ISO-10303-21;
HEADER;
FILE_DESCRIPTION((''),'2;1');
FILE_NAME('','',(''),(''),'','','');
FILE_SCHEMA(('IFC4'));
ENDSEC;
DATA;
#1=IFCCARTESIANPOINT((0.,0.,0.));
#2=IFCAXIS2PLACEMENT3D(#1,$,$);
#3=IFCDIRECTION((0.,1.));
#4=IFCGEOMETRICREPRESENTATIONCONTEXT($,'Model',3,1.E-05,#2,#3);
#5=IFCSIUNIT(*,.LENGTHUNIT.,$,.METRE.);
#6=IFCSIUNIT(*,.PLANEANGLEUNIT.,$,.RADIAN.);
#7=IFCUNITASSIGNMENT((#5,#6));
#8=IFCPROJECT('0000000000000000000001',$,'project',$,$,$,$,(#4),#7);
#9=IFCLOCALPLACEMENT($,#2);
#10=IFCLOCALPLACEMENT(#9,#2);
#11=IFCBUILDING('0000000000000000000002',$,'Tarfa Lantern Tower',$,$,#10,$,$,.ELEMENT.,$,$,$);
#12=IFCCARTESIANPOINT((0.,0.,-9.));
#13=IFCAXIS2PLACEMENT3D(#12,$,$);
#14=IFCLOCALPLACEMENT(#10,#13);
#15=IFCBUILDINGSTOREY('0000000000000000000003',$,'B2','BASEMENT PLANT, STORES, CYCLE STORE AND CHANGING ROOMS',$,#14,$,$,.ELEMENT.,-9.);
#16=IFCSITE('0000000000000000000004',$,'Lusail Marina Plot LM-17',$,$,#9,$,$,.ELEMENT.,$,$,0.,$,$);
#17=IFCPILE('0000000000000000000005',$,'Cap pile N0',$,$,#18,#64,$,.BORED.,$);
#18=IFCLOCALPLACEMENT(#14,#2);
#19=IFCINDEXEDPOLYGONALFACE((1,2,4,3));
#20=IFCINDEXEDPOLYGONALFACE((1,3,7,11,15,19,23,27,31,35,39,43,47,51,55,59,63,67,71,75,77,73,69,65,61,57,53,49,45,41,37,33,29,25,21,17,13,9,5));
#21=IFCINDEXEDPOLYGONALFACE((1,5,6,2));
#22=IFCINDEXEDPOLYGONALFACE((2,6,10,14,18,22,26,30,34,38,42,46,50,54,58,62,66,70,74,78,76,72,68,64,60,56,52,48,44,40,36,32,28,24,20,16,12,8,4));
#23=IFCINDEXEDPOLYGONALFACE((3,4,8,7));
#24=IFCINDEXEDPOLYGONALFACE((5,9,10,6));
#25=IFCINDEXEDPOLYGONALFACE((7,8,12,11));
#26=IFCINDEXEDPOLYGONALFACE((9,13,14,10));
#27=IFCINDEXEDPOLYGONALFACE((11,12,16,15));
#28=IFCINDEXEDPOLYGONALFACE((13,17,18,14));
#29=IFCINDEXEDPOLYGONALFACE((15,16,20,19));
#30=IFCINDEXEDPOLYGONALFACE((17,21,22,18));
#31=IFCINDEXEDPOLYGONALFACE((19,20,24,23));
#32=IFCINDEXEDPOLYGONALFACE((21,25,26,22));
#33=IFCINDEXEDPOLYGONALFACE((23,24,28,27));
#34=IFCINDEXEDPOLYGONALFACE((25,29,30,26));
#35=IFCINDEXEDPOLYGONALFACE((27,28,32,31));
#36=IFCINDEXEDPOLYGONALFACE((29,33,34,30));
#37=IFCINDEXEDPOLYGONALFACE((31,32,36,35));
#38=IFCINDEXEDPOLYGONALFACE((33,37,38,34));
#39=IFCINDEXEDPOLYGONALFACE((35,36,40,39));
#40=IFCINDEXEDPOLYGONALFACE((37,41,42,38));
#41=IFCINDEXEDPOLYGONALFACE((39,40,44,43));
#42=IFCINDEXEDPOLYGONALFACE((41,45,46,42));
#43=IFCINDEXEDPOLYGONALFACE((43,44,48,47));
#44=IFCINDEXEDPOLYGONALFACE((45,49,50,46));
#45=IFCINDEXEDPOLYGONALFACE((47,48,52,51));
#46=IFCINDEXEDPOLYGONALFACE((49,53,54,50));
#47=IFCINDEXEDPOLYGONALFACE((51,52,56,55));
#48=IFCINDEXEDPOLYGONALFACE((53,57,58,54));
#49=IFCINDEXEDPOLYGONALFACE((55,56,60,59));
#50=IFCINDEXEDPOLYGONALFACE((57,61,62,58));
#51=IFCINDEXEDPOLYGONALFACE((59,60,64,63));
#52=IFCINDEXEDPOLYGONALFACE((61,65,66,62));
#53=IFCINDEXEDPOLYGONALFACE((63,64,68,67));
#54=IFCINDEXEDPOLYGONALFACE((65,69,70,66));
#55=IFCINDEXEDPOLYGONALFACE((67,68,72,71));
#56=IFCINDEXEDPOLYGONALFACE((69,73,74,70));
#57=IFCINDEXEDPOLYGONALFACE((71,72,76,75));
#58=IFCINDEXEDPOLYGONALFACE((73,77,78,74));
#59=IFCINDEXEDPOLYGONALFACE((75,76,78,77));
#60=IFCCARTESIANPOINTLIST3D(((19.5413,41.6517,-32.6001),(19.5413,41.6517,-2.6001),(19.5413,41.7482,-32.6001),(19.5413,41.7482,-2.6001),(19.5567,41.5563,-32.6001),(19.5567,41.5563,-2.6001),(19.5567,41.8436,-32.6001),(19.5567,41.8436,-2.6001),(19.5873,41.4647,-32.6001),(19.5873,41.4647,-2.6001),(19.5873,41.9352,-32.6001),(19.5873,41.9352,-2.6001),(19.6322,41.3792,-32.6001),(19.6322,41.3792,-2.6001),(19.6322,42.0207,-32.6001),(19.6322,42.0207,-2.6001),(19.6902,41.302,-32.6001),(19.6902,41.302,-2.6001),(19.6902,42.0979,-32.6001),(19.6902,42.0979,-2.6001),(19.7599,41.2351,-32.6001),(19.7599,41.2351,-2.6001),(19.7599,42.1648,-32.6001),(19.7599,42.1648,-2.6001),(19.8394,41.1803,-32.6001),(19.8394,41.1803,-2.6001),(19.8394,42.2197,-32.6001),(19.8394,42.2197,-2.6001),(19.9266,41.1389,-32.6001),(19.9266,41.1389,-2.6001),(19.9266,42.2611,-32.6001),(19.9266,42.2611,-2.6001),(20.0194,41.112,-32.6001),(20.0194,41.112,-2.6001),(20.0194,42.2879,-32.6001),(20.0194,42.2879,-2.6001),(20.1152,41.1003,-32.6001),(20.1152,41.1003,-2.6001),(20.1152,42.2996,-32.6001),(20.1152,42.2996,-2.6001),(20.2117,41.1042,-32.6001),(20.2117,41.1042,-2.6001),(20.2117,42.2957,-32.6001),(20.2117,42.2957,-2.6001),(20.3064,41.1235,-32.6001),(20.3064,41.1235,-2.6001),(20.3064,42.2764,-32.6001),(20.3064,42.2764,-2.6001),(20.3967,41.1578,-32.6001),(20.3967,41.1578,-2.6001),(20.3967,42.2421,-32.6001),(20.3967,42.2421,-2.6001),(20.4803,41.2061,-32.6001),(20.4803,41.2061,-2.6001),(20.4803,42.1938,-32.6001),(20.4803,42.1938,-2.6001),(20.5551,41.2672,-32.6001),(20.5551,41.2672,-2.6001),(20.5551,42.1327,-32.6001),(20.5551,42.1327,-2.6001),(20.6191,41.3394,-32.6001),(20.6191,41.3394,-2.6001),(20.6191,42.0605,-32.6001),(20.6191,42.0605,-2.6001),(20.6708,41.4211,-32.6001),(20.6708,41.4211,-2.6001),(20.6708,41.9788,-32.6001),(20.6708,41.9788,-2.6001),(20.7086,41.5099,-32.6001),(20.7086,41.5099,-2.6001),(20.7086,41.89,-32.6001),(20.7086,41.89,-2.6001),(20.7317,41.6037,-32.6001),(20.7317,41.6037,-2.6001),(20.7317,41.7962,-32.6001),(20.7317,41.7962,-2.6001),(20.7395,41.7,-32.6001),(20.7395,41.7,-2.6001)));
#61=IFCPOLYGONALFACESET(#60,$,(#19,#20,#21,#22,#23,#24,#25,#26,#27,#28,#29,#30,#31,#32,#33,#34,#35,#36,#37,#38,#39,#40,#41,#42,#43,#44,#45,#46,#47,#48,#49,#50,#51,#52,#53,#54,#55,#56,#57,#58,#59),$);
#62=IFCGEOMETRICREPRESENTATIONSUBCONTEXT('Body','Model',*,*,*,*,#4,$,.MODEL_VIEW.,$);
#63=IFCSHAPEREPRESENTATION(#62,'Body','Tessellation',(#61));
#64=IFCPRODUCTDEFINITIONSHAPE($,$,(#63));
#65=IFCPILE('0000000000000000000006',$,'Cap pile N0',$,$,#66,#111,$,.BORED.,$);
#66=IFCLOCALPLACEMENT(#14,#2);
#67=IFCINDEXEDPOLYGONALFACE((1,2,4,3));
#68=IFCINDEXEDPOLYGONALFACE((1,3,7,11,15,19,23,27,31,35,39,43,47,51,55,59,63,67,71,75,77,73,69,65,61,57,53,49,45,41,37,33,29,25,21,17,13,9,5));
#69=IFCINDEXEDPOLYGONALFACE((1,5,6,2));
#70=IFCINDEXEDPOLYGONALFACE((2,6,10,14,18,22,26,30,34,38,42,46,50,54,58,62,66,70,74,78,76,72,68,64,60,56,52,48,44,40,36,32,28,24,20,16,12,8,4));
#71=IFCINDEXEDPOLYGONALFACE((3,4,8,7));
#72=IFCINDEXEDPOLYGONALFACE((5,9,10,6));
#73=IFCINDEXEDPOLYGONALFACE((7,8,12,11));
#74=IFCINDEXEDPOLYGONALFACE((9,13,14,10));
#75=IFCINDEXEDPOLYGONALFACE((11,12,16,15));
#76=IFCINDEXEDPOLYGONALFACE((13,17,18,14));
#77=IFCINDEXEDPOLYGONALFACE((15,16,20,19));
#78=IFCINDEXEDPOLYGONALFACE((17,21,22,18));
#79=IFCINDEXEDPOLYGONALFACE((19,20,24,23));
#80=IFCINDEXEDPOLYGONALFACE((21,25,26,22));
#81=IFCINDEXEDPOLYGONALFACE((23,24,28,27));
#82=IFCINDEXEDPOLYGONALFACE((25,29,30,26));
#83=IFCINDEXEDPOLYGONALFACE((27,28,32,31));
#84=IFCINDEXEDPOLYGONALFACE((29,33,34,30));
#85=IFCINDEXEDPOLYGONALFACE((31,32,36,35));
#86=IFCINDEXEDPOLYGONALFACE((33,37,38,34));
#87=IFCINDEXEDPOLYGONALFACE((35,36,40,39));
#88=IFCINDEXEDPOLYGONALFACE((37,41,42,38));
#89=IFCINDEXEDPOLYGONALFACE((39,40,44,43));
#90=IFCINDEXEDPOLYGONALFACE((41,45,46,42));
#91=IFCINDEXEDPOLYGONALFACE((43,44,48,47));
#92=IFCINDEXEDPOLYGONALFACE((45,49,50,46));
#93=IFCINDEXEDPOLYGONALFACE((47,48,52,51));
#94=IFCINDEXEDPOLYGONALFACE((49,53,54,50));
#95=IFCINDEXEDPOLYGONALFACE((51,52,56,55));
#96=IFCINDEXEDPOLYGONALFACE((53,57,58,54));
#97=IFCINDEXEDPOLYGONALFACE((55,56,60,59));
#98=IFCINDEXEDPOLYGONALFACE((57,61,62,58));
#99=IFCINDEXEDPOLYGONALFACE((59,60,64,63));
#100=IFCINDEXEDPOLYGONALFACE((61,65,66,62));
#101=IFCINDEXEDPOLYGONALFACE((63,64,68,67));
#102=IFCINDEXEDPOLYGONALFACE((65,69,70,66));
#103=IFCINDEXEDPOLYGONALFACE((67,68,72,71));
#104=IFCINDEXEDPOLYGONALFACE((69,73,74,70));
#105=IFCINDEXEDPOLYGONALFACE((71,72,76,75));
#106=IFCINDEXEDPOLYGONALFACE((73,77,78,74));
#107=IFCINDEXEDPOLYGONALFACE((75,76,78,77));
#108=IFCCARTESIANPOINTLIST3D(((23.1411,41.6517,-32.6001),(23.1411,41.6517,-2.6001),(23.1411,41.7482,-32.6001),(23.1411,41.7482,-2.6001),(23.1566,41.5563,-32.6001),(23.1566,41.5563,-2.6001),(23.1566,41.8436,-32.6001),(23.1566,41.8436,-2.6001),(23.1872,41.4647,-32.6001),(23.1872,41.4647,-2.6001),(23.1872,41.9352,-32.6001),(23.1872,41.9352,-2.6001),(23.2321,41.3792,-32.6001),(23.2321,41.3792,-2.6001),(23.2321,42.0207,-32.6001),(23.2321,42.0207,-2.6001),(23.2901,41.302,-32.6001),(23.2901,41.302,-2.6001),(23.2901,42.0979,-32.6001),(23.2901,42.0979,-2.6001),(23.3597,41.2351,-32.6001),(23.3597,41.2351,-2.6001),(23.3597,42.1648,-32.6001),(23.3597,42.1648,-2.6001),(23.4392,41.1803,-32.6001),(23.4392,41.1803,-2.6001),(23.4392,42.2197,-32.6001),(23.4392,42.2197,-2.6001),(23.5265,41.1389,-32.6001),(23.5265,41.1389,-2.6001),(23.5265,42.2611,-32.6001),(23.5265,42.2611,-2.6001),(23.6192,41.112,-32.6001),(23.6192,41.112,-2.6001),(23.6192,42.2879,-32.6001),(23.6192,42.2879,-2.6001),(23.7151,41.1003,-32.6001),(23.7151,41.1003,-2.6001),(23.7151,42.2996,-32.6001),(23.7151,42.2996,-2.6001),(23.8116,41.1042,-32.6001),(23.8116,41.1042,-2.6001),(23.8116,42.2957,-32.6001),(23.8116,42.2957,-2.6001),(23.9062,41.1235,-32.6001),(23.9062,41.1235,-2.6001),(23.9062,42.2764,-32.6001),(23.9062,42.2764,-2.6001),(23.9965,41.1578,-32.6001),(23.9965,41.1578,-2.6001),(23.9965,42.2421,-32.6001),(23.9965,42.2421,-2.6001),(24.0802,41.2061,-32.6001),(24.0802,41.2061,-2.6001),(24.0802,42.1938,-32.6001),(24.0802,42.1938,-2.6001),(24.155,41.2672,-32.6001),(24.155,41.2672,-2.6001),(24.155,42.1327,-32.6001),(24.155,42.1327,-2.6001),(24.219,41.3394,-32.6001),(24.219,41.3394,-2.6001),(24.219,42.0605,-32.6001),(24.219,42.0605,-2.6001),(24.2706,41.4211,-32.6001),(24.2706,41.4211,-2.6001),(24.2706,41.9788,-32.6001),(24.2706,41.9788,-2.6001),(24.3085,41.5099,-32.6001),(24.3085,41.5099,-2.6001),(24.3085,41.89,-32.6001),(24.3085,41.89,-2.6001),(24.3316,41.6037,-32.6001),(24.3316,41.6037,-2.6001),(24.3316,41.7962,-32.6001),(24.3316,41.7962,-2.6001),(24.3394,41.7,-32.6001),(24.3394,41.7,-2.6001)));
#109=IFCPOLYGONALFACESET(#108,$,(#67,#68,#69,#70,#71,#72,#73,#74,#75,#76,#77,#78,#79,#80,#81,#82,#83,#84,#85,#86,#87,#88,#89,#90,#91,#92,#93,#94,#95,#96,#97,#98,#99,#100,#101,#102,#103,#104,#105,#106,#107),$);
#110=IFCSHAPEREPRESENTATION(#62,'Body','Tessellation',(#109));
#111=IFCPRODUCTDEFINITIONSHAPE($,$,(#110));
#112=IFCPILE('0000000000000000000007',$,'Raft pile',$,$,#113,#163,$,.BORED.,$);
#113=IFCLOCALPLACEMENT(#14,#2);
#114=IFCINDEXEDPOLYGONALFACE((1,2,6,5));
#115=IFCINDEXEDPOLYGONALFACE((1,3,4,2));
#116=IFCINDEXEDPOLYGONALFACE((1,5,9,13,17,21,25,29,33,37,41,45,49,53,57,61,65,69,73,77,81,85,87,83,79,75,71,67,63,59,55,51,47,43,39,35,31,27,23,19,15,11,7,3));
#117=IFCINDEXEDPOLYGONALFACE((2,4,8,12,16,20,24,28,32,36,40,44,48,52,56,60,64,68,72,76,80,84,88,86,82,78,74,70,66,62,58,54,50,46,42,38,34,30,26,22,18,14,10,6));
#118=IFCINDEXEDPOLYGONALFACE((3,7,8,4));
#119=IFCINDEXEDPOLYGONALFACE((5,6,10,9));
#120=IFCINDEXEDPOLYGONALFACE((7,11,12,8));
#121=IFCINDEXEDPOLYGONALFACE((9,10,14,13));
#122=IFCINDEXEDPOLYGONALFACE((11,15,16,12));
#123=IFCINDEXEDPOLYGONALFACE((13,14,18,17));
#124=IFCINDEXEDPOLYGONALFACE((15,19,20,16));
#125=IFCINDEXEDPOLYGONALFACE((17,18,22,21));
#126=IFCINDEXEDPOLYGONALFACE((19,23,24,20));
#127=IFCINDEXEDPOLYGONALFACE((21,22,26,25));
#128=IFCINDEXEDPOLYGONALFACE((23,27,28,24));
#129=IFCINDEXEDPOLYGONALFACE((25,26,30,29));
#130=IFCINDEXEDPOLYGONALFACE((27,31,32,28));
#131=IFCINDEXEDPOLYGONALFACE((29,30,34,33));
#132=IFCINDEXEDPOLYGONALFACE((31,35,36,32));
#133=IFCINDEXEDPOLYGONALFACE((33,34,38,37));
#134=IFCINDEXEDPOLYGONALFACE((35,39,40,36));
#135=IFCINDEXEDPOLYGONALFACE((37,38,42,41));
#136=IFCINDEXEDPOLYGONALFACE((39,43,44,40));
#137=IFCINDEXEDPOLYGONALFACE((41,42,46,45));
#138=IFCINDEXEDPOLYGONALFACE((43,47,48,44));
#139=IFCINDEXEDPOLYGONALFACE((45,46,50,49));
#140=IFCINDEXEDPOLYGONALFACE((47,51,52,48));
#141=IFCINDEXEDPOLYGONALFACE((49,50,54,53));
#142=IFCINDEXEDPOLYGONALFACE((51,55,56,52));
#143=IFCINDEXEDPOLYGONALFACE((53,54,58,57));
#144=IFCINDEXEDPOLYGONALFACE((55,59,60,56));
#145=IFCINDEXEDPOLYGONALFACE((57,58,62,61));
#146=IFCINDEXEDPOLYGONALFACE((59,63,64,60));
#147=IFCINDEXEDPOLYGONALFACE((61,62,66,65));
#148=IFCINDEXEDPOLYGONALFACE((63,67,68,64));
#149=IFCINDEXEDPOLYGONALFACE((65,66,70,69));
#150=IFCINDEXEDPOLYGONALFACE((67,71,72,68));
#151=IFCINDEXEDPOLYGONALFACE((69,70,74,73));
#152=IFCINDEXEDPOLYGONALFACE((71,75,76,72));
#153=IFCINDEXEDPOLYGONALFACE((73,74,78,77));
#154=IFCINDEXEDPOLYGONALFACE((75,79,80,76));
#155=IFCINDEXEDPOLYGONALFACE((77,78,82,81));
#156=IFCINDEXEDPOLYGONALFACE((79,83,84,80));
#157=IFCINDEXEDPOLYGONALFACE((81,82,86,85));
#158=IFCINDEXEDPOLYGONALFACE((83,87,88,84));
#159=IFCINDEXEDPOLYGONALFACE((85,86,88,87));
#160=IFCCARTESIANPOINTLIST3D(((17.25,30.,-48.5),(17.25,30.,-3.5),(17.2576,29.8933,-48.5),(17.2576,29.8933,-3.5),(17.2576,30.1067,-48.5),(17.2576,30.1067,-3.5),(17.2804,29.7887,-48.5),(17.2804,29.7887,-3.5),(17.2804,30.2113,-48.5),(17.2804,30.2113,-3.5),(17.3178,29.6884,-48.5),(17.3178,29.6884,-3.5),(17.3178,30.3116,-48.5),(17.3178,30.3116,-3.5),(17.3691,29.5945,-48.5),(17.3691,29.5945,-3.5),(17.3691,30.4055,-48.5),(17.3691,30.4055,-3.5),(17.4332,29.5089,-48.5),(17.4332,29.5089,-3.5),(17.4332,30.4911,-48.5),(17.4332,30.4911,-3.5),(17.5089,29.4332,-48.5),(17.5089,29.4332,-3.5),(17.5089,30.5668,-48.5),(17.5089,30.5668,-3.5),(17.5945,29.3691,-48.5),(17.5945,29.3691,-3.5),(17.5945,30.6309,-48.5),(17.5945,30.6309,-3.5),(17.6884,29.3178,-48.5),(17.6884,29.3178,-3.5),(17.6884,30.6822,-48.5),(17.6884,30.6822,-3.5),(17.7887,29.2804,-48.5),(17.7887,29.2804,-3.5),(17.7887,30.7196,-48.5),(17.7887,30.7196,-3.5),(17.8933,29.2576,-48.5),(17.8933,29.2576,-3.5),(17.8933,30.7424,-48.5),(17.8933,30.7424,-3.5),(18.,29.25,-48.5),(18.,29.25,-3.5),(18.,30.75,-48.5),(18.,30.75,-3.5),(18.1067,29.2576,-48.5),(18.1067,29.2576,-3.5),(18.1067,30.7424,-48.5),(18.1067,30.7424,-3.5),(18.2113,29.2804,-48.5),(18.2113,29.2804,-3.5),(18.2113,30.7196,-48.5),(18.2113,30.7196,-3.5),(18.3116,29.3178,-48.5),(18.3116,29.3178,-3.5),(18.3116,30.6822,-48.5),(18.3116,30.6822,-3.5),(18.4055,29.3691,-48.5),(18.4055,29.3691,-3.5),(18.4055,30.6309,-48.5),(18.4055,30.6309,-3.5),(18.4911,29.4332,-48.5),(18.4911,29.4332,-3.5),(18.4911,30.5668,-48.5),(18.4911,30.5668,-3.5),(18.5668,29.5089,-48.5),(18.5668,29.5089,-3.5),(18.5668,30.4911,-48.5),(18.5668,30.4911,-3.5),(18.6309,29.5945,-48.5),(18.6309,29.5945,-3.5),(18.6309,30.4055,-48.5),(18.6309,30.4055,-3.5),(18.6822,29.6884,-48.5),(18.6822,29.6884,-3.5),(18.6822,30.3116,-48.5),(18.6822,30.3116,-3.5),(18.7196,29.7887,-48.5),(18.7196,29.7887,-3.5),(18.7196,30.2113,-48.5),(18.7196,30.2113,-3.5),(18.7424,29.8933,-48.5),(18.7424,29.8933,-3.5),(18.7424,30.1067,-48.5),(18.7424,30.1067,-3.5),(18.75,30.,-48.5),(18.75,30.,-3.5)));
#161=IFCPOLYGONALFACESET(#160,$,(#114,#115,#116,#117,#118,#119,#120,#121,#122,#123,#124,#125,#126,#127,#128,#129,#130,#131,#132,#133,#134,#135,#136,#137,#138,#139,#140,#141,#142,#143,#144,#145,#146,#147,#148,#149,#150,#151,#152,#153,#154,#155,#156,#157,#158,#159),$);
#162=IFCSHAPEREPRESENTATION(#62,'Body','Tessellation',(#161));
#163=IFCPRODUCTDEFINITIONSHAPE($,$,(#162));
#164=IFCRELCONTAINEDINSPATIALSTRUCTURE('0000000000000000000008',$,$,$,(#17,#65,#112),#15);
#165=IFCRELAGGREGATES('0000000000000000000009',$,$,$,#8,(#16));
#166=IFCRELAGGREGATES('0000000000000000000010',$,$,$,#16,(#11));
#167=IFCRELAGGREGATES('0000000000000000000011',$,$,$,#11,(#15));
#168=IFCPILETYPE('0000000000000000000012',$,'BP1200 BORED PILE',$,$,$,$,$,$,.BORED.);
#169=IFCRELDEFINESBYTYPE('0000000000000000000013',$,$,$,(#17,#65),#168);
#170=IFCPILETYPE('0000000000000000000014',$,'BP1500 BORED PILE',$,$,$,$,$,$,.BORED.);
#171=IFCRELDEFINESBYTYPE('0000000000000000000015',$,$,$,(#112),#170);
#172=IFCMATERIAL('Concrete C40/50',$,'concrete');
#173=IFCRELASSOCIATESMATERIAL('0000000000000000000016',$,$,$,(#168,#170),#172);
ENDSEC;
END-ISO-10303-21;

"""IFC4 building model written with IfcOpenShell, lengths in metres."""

from ifc_helpers import new_model, si_unit, direction, frame, origin, origin_2d, place, context, subcontext, project, spatial, circle, extrude, material, material_profile, profile_set, type_object, element, save


model = new_model("IFC4")

# Units and contexts
model_context = context("Model", 3, precision=1e-05, world=origin(), true_north=direction((0.0, 1.0)))
body_context = subcontext(model_context, "Body", "Model", "MODEL_VIEW")
ifc_project = project(units=[si_unit("LENGTHUNIT", "METRE"), si_unit("PLANEANGLEUNIT", "RADIAN")], contexts=[model_context])

# Site, building, storey
site_placement = place(None, origin())
site = spatial("IfcSite", under=ifc_project, at=site_placement, Name="Lusail Marina Plot LM-17", CompositionType="ELEMENT", RefElevation=0.0)
building_placement = place(site_placement, origin())
building = spatial("IfcBuilding", under=site, at=building_placement, Name="Tarfa Lantern Tower", CompositionType="ELEMENT")
storey_placement = place(building_placement, frame((0.0, 0.0, -9.0)))
storey = spatial("IfcBuildingStorey", under=building, at=storey_placement, Name="B2", Description="BASEMENT PLANT, STORES, CYCLE STORE AND CHANGING ROOMS", CompositionType="ELEMENT", Elevation=-9.0)

# Piles
ifc_material_1 = material(Name="Concrete C40/50", Category="concrete")
ifc_material_profile_1 = material_profile(ifc_material_1, circle(Radius=0.6001, at=origin_2d()), Name="BORED PILE D1200")
ifc_profile_set_1 = profile_set([ifc_material_profile_1], Name="Concrete C40/50")
pile_type_1 = type_object("IfcPileType", Name="BP1200 BORED PILE", PredefinedType="BORED", material=ifc_profile_set_1)
for number, where, z_axis, x_axis, name in (
    (1, (20.1394, 41.7, -2.6001), (0.0, 0.0, -1.0), (1.0, 0.0, 0.0), "Cap pile N0"),
    (2, (23.7393, 41.7, -2.6001), (0.0, 0.0, -1.0), (1.0, 0.0, 0.0), "Cap pile N0"),
):
    element("IfcPile", number, at=place(storey_placement, frame(where, z_axis=z_axis, x_axis=x_axis)), inside=storey, type_object=pile_type_1, Name=name, PredefinedType="BORED", context=body_context, shape_type="SweptSolid", body=[
        extrude(circle(Radius=0.6001, at=origin_2d()), origin(), (0.0, 0.0, 1.0), 30.0),
    ])
ifc_material_profile_2 = material_profile(ifc_material_1, circle(Radius=0.75, at=origin_2d()), Name="BORED PILE D1500")
ifc_profile_set_2 = profile_set([ifc_material_profile_2], Name="Concrete C40/50")
pile_type_2 = type_object("IfcPileType", Name="BP1500 BORED PILE", PredefinedType="BORED", material=ifc_profile_set_2)
for number, where, z_axis, x_axis, name in (
    (3, (18.0, 30.0, -3.5), (0.0, 0.0, -1.0), (1.0, 0.0, 0.0), "Raft pile"),
):
    element("IfcPile", number, at=place(storey_placement, frame(where, z_axis=z_axis, x_axis=x_axis)), inside=storey, type_object=pile_type_2, Name=name, PredefinedType="BORED", context=body_context, shape_type="SweptSolid", body=[
        extrude(circle(Radius=0.75, at=origin_2d()), origin(), (0.0, 0.0, 1.0), 45.0),
    ])

save(model, "model.ifc")
